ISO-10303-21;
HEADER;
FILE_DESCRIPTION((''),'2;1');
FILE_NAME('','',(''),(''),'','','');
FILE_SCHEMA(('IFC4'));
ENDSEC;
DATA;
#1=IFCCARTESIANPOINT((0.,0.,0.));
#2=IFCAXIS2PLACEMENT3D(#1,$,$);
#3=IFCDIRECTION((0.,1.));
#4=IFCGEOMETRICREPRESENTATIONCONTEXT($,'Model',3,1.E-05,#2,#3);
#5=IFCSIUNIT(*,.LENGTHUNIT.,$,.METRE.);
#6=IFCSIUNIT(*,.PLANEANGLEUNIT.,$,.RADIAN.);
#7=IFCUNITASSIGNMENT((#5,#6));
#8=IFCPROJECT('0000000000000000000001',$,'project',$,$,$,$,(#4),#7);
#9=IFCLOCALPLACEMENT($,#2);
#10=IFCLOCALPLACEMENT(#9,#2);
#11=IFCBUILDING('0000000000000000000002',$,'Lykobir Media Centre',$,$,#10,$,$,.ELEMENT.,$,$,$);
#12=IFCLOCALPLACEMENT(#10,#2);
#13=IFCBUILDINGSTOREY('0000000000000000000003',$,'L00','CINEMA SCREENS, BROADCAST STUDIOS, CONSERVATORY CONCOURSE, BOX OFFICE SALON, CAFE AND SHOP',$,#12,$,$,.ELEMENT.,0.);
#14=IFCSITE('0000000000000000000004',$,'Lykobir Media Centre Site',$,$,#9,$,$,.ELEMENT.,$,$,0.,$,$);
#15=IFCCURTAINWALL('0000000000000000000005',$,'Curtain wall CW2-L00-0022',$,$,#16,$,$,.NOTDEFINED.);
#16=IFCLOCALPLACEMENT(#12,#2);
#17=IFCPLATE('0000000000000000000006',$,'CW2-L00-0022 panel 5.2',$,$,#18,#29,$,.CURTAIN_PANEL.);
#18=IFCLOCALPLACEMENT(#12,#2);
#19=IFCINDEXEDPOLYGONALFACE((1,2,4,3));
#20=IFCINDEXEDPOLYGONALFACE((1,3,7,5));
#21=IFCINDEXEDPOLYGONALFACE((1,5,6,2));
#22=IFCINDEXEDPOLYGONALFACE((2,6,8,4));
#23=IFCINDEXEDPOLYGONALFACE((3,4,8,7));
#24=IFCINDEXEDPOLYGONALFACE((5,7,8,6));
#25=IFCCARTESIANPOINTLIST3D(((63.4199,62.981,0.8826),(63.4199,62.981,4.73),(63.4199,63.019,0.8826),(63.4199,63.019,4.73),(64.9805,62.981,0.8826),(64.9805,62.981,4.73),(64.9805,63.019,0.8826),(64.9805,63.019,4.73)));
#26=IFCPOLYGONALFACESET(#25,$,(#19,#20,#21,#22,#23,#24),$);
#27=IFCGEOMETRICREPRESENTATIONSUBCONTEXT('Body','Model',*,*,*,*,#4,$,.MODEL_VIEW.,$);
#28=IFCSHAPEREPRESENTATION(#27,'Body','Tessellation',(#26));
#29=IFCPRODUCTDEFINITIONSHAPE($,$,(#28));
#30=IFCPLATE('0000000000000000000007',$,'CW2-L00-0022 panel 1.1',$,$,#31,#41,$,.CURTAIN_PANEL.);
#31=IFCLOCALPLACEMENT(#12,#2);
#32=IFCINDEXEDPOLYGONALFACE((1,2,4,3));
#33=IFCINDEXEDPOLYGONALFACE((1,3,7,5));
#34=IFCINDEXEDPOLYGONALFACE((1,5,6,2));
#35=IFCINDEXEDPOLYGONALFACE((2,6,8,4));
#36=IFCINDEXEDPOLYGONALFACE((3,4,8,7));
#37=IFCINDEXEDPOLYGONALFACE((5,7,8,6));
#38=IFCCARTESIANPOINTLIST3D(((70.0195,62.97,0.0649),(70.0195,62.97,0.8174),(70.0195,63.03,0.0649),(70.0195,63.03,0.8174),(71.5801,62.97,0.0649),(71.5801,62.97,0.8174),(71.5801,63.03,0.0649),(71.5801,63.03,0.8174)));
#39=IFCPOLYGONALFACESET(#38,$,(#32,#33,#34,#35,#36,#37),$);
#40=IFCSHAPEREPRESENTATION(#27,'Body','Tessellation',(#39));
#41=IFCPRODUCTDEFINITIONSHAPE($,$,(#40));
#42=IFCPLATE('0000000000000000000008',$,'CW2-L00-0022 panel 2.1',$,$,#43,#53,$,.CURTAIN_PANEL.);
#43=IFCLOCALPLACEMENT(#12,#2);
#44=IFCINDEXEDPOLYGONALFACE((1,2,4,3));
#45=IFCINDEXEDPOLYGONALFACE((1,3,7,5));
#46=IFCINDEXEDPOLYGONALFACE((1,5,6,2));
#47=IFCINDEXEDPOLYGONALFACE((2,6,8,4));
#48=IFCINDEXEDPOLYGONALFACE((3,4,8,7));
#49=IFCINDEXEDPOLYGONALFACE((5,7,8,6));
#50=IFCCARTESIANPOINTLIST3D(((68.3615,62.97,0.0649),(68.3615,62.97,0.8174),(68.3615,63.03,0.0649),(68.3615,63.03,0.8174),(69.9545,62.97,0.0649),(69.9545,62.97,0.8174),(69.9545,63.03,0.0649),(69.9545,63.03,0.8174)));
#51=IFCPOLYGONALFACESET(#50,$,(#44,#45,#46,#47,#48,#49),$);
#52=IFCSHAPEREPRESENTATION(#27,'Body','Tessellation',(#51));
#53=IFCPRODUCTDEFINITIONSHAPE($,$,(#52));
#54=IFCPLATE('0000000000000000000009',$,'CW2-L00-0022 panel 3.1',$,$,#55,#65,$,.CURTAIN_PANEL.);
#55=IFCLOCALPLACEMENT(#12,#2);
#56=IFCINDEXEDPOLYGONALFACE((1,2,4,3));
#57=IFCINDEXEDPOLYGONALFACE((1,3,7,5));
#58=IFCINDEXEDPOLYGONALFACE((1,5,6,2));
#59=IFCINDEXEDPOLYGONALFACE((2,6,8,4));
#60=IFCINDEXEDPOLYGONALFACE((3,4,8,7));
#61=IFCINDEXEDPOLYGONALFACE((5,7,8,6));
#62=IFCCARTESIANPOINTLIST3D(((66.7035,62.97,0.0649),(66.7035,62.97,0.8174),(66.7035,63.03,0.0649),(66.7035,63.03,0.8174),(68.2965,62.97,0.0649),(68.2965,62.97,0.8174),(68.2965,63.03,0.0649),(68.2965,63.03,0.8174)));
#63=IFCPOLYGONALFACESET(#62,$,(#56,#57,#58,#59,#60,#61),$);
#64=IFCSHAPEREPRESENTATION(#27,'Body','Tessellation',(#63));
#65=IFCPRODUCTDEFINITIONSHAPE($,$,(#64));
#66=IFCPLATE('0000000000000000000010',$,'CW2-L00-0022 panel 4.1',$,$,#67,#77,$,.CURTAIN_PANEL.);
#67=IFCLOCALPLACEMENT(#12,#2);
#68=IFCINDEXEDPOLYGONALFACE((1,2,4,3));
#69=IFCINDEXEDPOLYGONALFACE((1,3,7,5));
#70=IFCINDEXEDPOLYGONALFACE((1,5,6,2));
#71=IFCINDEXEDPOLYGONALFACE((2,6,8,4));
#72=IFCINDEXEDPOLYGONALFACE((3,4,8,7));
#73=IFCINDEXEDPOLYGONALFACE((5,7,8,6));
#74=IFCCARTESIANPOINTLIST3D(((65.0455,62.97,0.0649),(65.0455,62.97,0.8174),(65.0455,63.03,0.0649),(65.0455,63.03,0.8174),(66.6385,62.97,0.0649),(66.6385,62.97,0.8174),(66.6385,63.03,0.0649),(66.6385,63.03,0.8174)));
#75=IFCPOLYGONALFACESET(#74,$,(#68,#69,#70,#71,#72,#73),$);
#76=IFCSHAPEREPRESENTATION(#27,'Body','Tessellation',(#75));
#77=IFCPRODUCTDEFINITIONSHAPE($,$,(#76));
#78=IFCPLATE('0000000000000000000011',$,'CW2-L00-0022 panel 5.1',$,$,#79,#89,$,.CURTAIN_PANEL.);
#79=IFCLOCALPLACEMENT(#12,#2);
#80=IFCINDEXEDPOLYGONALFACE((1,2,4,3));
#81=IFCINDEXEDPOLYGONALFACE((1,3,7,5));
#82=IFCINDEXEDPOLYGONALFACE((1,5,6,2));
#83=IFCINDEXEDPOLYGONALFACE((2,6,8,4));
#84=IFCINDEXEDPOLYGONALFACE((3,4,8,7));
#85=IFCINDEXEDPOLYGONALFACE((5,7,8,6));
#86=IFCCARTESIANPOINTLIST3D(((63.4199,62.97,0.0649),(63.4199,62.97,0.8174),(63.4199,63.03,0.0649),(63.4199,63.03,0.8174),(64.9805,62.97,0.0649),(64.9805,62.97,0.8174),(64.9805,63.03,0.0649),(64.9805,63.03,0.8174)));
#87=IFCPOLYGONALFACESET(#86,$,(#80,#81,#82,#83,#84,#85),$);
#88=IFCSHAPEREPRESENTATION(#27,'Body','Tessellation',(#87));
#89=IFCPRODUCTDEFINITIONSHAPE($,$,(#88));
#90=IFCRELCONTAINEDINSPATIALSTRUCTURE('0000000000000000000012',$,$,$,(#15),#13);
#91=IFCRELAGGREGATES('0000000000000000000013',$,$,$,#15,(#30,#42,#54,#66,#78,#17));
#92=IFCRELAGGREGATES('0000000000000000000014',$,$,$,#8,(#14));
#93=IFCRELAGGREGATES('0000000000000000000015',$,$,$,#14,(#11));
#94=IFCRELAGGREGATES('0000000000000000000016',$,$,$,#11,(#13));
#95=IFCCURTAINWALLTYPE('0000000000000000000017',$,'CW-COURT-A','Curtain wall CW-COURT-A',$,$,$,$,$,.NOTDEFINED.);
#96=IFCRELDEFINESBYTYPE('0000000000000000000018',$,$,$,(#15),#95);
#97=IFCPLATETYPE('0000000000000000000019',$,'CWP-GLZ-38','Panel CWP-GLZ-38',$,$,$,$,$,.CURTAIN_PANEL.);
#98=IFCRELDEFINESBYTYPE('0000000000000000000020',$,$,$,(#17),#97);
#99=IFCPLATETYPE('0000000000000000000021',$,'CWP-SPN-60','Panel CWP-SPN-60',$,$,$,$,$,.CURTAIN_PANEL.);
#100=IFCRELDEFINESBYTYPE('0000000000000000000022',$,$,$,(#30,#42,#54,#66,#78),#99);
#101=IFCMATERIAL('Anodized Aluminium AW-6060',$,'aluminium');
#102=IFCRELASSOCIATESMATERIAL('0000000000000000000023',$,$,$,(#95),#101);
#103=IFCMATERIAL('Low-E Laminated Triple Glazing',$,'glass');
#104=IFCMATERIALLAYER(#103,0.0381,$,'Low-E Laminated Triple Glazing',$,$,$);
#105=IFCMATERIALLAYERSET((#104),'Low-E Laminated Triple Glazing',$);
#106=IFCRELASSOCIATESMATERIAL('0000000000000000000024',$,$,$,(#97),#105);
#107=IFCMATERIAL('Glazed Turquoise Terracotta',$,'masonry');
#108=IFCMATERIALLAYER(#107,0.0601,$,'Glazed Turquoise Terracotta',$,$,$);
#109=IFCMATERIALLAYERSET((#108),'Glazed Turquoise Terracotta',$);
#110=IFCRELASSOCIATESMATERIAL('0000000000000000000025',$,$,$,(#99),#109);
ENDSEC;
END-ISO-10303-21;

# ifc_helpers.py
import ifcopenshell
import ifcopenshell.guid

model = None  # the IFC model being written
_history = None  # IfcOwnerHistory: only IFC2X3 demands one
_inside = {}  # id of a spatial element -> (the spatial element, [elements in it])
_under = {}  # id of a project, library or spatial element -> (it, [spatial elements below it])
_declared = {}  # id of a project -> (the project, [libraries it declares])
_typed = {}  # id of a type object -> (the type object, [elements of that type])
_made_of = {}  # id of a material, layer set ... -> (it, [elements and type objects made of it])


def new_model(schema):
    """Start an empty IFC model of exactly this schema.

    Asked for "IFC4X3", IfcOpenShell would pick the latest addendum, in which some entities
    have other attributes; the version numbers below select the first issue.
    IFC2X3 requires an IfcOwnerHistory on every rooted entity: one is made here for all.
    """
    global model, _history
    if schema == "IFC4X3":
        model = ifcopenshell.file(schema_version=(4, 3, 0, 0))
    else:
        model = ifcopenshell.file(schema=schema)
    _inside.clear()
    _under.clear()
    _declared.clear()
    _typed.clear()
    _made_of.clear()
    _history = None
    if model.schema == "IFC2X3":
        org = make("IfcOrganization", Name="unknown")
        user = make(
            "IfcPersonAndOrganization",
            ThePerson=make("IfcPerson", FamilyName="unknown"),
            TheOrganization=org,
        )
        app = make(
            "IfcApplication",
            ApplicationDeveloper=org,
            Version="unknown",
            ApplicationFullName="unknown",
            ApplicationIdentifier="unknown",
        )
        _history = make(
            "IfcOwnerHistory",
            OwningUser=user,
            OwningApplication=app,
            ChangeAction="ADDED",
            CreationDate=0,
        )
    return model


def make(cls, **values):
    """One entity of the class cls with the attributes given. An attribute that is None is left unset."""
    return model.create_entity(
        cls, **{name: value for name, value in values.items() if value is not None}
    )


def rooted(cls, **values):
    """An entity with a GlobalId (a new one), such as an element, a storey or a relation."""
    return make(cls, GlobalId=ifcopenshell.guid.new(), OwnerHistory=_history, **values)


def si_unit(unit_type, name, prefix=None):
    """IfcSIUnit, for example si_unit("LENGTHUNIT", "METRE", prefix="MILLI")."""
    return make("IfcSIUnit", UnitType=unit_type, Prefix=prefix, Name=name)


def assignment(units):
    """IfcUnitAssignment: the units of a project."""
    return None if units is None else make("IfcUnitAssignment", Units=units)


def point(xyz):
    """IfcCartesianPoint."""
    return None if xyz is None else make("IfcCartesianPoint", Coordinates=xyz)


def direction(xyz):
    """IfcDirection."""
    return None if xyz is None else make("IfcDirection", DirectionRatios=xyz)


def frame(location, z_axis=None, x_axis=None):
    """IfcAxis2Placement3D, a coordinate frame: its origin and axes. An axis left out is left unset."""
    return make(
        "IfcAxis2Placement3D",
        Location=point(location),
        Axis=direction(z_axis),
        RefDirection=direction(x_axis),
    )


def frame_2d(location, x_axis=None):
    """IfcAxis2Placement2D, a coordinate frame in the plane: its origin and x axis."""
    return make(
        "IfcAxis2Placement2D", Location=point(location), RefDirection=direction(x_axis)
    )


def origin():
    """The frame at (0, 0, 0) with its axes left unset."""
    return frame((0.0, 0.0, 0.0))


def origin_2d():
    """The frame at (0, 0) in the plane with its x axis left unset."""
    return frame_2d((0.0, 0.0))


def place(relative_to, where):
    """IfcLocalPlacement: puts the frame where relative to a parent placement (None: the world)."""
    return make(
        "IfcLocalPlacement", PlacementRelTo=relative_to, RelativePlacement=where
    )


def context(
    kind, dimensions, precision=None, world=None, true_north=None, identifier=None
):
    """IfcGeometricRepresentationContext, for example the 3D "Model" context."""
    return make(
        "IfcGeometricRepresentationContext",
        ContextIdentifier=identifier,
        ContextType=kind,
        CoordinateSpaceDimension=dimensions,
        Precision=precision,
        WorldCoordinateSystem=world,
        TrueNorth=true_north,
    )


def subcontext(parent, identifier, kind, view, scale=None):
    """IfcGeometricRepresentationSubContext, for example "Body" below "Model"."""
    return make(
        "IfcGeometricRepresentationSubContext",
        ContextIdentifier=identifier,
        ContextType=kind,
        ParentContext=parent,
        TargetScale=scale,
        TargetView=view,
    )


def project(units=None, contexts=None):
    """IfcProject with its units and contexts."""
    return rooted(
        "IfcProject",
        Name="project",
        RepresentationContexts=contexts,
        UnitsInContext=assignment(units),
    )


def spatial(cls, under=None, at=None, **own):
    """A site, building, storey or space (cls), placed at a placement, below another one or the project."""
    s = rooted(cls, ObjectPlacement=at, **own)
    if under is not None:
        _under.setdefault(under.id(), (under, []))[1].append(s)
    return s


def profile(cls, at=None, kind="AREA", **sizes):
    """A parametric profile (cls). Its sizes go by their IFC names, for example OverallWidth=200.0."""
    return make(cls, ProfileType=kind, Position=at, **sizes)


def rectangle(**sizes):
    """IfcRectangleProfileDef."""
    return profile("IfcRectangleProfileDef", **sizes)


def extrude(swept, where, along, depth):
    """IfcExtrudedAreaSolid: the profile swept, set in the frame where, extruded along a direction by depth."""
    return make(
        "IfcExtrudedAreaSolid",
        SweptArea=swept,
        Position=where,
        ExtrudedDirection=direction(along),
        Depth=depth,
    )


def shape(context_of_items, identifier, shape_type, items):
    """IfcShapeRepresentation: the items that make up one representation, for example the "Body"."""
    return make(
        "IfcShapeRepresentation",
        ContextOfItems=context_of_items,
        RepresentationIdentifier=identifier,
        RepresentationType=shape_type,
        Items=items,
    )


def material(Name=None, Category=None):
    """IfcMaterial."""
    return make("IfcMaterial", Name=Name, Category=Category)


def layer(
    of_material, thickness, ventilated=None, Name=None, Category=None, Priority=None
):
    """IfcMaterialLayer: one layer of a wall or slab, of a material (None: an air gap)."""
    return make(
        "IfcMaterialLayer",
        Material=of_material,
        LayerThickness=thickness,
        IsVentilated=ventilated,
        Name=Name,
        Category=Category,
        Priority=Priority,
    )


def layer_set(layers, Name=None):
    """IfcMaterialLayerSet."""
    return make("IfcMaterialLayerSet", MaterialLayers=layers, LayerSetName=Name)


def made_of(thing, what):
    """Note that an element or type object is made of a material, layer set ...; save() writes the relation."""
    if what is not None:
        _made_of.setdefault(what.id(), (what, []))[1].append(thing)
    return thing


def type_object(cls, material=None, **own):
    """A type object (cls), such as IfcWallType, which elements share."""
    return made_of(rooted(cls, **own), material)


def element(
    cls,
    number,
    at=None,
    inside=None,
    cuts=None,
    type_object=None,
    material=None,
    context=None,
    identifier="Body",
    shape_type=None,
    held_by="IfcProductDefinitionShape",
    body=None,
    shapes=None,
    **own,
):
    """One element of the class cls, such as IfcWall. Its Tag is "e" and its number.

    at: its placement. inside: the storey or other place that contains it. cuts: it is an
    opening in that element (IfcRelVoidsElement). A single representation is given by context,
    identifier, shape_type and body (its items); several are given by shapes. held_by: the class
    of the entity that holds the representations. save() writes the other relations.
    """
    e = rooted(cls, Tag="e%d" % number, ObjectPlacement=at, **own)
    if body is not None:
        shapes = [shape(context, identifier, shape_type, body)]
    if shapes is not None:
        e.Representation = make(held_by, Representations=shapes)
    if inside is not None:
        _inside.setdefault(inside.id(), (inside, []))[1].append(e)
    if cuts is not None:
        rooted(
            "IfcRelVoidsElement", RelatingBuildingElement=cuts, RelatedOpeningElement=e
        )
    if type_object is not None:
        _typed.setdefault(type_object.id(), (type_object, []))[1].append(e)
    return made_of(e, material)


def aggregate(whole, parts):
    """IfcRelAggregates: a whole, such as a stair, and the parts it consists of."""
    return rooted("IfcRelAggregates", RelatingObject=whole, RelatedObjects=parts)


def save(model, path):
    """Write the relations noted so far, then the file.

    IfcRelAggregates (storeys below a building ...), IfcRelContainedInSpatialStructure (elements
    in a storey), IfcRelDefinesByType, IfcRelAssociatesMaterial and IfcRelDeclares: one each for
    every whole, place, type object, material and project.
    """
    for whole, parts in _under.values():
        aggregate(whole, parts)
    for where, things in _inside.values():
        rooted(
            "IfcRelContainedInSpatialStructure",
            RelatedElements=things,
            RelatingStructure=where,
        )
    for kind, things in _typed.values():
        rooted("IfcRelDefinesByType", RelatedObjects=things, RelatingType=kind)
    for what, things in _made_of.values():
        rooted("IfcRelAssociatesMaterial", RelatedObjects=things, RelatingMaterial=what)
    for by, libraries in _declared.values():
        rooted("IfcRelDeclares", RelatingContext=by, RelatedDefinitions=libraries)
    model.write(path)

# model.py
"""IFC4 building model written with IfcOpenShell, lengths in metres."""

from ifc_helpers import new_model, si_unit, direction, frame, origin, origin_2d, place, context, subcontext, project, spatial, rectangle, extrude, material, layer, layer_set, type_object, element, aggregate, save


model = new_model("IFC4")

# Units and contexts
model_context = context("Model", 3, precision=1e-05, world=origin(), true_north=direction((0.0, 1.0)))
body_context = subcontext(model_context, "Body", "Model", "MODEL_VIEW")
ifc_project = project(units=[si_unit("LENGTHUNIT", "METRE"), si_unit("PLANEANGLEUNIT", "RADIAN")], contexts=[model_context])

# Site, building, storey
site_placement = place(None, origin())
site = spatial("IfcSite", under=ifc_project, at=site_placement, Name="Lykobir Media Centre Site", CompositionType="ELEMENT", RefElevation=0.0)
building_placement = place(site_placement, origin())
building = spatial("IfcBuilding", under=site, at=building_placement, Name="Lykobir Media Centre", CompositionType="ELEMENT")
storey_placement = place(building_placement, origin())
storey = spatial("IfcBuildingStorey", under=building, at=storey_placement, Name="L00", Description="CINEMA SCREENS, BROADCAST STUDIOS, CONSERVATORY CONCOURSE, BOX OFFICE SALON, CAFE AND SHOP", CompositionType="ELEMENT", Elevation=0.0)

# Curtain wall, plates
ifc_material_1 = material(Name="Anodized Aluminium AW-6060", Category="aluminium")
curtain_wall_type = type_object("IfcCurtainWallType", Name="CW-COURT-A", Description="Curtain wall CW-COURT-A", PredefinedType="NOTDEFINED", material=ifc_material_1)
curtain_wall_placement = place(storey_placement, origin())
curtain_wall = element("IfcCurtainWall", 1, at=curtain_wall_placement, inside=storey, type_object=curtain_wall_type, Name="Curtain wall CW2-L00-0022", PredefinedType="NOTDEFINED")
ifc_material_2 = material(Name="Low-E Laminated Triple Glazing", Category="glass")
ifc_layer_1 = layer(ifc_material_2, 0.0381, Name="Low-E Laminated Triple Glazing")
ifc_layer_set_1 = layer_set([ifc_layer_1], Name="Low-E Laminated Triple Glazing")
plate_type_1 = type_object("IfcPlateType", Name="CWP-GLZ-38", Description="Panel CWP-GLZ-38", PredefinedType="CURTAIN_PANEL", material=ifc_layer_set_1)
plate_1_placement = place(storey_placement, frame((64.2002, 63.0, 0.8826), z_axis=(0.0, 0.0, 1.0), x_axis=(-1.0, 0.0, 0.0)))
plate_1 = element("IfcPlate", 2, at=plate_1_placement, type_object=plate_type_1, Name="CW2-L00-0022 panel 5.2", PredefinedType="CURTAIN_PANEL", context=body_context, shape_type="SweptSolid", body=[
    extrude(rectangle(XDim=1.5605, YDim=0.0381, at=origin_2d()), origin(), (0.0, 0.0, 1.0), 3.8474),
])
ifc_material_3 = material(Name="Glazed Turquoise Terracotta", Category="masonry")
ifc_layer_2 = layer(ifc_material_3, 0.0601, Name="Glazed Turquoise Terracotta")
ifc_layer_set_2 = layer_set([ifc_layer_2], Name="Glazed Turquoise Terracotta")
plate_type_2 = type_object("IfcPlateType", Name="CWP-SPN-60", Description="Panel CWP-SPN-60", PredefinedType="CURTAIN_PANEL", material=ifc_layer_set_2)
plate_2_placement = place(storey_placement, frame((70.7998, 63.0, 0.0649), z_axis=(0.0, 0.0, 1.0), x_axis=(-1.0, 0.0, 0.0)))
plate_2 = element("IfcPlate", 3, at=plate_2_placement, type_object=plate_type_2, Name="CW2-L00-0022 panel 1.1", PredefinedType="CURTAIN_PANEL", context=body_context, shape_type="SweptSolid", body=[
    extrude(rectangle(XDim=1.5605, YDim=0.0601, at=origin_2d()), origin(), (0.0, 0.0, 1.0), 0.7524),
])
plate_3_placement = place(storey_placement, frame((69.158, 63.0, 0.0649), z_axis=(0.0, 0.0, 1.0), x_axis=(-1.0, 0.0, 0.0)))
plate_3 = element("IfcPlate", 4, at=plate_3_placement, type_object=plate_type_2, Name="CW2-L00-0022 panel 2.1", PredefinedType="CURTAIN_PANEL", context=body_context, shape_type="SweptSolid", body=[
    extrude(rectangle(XDim=1.593, YDim=0.0601, at=origin_2d()), origin(), (0.0, 0.0, 1.0), 0.7524),
])
plate_4_placement = place(storey_placement, frame((67.5, 63.0, 0.0649), z_axis=(0.0, 0.0, 1.0), x_axis=(-1.0, 0.0, 0.0)))
plate_4 = element("IfcPlate", 5, at=plate_4_placement, type_object=plate_type_2, Name="CW2-L00-0022 panel 3.1", PredefinedType="CURTAIN_PANEL", context=body_context, shape_type="SweptSolid", body=[
    extrude(rectangle(XDim=1.593, YDim=0.0601, at=origin_2d()), origin(), (0.0, 0.0, 1.0), 0.7524),
])
plate_5_placement = place(storey_placement, frame((65.842, 63.0, 0.0649), z_axis=(0.0, 0.0, 1.0), x_axis=(-1.0, 0.0, 0.0)))
plate_5 = element("IfcPlate", 6, at=plate_5_placement, type_object=plate_type_2, Name="CW2-L00-0022 panel 4.1", PredefinedType="CURTAIN_PANEL", context=body_context, shape_type="SweptSolid", body=[
    extrude(rectangle(XDim=1.593, YDim=0.0601, at=origin_2d()), origin(), (0.0, 0.0, 1.0), 0.7524),
])
plate_6_placement = place(storey_placement, frame((64.2002, 63.0, 0.0649), z_axis=(0.0, 0.0, 1.0), x_axis=(-1.0, 0.0, 0.0)))
plate_6 = element("IfcPlate", 7, at=plate_6_placement, type_object=plate_type_2, Name="CW2-L00-0022 panel 5.1", PredefinedType="CURTAIN_PANEL", context=body_context, shape_type="SweptSolid", body=[
    extrude(rectangle(XDim=1.5605, YDim=0.0601, at=origin_2d()), origin(), (0.0, 0.0, 1.0), 0.7524),
])
aggregate(curtain_wall, [plate_2, plate_3, plate_4, plate_5, plate_6, plate_1])

save(model, "model.ifc")
